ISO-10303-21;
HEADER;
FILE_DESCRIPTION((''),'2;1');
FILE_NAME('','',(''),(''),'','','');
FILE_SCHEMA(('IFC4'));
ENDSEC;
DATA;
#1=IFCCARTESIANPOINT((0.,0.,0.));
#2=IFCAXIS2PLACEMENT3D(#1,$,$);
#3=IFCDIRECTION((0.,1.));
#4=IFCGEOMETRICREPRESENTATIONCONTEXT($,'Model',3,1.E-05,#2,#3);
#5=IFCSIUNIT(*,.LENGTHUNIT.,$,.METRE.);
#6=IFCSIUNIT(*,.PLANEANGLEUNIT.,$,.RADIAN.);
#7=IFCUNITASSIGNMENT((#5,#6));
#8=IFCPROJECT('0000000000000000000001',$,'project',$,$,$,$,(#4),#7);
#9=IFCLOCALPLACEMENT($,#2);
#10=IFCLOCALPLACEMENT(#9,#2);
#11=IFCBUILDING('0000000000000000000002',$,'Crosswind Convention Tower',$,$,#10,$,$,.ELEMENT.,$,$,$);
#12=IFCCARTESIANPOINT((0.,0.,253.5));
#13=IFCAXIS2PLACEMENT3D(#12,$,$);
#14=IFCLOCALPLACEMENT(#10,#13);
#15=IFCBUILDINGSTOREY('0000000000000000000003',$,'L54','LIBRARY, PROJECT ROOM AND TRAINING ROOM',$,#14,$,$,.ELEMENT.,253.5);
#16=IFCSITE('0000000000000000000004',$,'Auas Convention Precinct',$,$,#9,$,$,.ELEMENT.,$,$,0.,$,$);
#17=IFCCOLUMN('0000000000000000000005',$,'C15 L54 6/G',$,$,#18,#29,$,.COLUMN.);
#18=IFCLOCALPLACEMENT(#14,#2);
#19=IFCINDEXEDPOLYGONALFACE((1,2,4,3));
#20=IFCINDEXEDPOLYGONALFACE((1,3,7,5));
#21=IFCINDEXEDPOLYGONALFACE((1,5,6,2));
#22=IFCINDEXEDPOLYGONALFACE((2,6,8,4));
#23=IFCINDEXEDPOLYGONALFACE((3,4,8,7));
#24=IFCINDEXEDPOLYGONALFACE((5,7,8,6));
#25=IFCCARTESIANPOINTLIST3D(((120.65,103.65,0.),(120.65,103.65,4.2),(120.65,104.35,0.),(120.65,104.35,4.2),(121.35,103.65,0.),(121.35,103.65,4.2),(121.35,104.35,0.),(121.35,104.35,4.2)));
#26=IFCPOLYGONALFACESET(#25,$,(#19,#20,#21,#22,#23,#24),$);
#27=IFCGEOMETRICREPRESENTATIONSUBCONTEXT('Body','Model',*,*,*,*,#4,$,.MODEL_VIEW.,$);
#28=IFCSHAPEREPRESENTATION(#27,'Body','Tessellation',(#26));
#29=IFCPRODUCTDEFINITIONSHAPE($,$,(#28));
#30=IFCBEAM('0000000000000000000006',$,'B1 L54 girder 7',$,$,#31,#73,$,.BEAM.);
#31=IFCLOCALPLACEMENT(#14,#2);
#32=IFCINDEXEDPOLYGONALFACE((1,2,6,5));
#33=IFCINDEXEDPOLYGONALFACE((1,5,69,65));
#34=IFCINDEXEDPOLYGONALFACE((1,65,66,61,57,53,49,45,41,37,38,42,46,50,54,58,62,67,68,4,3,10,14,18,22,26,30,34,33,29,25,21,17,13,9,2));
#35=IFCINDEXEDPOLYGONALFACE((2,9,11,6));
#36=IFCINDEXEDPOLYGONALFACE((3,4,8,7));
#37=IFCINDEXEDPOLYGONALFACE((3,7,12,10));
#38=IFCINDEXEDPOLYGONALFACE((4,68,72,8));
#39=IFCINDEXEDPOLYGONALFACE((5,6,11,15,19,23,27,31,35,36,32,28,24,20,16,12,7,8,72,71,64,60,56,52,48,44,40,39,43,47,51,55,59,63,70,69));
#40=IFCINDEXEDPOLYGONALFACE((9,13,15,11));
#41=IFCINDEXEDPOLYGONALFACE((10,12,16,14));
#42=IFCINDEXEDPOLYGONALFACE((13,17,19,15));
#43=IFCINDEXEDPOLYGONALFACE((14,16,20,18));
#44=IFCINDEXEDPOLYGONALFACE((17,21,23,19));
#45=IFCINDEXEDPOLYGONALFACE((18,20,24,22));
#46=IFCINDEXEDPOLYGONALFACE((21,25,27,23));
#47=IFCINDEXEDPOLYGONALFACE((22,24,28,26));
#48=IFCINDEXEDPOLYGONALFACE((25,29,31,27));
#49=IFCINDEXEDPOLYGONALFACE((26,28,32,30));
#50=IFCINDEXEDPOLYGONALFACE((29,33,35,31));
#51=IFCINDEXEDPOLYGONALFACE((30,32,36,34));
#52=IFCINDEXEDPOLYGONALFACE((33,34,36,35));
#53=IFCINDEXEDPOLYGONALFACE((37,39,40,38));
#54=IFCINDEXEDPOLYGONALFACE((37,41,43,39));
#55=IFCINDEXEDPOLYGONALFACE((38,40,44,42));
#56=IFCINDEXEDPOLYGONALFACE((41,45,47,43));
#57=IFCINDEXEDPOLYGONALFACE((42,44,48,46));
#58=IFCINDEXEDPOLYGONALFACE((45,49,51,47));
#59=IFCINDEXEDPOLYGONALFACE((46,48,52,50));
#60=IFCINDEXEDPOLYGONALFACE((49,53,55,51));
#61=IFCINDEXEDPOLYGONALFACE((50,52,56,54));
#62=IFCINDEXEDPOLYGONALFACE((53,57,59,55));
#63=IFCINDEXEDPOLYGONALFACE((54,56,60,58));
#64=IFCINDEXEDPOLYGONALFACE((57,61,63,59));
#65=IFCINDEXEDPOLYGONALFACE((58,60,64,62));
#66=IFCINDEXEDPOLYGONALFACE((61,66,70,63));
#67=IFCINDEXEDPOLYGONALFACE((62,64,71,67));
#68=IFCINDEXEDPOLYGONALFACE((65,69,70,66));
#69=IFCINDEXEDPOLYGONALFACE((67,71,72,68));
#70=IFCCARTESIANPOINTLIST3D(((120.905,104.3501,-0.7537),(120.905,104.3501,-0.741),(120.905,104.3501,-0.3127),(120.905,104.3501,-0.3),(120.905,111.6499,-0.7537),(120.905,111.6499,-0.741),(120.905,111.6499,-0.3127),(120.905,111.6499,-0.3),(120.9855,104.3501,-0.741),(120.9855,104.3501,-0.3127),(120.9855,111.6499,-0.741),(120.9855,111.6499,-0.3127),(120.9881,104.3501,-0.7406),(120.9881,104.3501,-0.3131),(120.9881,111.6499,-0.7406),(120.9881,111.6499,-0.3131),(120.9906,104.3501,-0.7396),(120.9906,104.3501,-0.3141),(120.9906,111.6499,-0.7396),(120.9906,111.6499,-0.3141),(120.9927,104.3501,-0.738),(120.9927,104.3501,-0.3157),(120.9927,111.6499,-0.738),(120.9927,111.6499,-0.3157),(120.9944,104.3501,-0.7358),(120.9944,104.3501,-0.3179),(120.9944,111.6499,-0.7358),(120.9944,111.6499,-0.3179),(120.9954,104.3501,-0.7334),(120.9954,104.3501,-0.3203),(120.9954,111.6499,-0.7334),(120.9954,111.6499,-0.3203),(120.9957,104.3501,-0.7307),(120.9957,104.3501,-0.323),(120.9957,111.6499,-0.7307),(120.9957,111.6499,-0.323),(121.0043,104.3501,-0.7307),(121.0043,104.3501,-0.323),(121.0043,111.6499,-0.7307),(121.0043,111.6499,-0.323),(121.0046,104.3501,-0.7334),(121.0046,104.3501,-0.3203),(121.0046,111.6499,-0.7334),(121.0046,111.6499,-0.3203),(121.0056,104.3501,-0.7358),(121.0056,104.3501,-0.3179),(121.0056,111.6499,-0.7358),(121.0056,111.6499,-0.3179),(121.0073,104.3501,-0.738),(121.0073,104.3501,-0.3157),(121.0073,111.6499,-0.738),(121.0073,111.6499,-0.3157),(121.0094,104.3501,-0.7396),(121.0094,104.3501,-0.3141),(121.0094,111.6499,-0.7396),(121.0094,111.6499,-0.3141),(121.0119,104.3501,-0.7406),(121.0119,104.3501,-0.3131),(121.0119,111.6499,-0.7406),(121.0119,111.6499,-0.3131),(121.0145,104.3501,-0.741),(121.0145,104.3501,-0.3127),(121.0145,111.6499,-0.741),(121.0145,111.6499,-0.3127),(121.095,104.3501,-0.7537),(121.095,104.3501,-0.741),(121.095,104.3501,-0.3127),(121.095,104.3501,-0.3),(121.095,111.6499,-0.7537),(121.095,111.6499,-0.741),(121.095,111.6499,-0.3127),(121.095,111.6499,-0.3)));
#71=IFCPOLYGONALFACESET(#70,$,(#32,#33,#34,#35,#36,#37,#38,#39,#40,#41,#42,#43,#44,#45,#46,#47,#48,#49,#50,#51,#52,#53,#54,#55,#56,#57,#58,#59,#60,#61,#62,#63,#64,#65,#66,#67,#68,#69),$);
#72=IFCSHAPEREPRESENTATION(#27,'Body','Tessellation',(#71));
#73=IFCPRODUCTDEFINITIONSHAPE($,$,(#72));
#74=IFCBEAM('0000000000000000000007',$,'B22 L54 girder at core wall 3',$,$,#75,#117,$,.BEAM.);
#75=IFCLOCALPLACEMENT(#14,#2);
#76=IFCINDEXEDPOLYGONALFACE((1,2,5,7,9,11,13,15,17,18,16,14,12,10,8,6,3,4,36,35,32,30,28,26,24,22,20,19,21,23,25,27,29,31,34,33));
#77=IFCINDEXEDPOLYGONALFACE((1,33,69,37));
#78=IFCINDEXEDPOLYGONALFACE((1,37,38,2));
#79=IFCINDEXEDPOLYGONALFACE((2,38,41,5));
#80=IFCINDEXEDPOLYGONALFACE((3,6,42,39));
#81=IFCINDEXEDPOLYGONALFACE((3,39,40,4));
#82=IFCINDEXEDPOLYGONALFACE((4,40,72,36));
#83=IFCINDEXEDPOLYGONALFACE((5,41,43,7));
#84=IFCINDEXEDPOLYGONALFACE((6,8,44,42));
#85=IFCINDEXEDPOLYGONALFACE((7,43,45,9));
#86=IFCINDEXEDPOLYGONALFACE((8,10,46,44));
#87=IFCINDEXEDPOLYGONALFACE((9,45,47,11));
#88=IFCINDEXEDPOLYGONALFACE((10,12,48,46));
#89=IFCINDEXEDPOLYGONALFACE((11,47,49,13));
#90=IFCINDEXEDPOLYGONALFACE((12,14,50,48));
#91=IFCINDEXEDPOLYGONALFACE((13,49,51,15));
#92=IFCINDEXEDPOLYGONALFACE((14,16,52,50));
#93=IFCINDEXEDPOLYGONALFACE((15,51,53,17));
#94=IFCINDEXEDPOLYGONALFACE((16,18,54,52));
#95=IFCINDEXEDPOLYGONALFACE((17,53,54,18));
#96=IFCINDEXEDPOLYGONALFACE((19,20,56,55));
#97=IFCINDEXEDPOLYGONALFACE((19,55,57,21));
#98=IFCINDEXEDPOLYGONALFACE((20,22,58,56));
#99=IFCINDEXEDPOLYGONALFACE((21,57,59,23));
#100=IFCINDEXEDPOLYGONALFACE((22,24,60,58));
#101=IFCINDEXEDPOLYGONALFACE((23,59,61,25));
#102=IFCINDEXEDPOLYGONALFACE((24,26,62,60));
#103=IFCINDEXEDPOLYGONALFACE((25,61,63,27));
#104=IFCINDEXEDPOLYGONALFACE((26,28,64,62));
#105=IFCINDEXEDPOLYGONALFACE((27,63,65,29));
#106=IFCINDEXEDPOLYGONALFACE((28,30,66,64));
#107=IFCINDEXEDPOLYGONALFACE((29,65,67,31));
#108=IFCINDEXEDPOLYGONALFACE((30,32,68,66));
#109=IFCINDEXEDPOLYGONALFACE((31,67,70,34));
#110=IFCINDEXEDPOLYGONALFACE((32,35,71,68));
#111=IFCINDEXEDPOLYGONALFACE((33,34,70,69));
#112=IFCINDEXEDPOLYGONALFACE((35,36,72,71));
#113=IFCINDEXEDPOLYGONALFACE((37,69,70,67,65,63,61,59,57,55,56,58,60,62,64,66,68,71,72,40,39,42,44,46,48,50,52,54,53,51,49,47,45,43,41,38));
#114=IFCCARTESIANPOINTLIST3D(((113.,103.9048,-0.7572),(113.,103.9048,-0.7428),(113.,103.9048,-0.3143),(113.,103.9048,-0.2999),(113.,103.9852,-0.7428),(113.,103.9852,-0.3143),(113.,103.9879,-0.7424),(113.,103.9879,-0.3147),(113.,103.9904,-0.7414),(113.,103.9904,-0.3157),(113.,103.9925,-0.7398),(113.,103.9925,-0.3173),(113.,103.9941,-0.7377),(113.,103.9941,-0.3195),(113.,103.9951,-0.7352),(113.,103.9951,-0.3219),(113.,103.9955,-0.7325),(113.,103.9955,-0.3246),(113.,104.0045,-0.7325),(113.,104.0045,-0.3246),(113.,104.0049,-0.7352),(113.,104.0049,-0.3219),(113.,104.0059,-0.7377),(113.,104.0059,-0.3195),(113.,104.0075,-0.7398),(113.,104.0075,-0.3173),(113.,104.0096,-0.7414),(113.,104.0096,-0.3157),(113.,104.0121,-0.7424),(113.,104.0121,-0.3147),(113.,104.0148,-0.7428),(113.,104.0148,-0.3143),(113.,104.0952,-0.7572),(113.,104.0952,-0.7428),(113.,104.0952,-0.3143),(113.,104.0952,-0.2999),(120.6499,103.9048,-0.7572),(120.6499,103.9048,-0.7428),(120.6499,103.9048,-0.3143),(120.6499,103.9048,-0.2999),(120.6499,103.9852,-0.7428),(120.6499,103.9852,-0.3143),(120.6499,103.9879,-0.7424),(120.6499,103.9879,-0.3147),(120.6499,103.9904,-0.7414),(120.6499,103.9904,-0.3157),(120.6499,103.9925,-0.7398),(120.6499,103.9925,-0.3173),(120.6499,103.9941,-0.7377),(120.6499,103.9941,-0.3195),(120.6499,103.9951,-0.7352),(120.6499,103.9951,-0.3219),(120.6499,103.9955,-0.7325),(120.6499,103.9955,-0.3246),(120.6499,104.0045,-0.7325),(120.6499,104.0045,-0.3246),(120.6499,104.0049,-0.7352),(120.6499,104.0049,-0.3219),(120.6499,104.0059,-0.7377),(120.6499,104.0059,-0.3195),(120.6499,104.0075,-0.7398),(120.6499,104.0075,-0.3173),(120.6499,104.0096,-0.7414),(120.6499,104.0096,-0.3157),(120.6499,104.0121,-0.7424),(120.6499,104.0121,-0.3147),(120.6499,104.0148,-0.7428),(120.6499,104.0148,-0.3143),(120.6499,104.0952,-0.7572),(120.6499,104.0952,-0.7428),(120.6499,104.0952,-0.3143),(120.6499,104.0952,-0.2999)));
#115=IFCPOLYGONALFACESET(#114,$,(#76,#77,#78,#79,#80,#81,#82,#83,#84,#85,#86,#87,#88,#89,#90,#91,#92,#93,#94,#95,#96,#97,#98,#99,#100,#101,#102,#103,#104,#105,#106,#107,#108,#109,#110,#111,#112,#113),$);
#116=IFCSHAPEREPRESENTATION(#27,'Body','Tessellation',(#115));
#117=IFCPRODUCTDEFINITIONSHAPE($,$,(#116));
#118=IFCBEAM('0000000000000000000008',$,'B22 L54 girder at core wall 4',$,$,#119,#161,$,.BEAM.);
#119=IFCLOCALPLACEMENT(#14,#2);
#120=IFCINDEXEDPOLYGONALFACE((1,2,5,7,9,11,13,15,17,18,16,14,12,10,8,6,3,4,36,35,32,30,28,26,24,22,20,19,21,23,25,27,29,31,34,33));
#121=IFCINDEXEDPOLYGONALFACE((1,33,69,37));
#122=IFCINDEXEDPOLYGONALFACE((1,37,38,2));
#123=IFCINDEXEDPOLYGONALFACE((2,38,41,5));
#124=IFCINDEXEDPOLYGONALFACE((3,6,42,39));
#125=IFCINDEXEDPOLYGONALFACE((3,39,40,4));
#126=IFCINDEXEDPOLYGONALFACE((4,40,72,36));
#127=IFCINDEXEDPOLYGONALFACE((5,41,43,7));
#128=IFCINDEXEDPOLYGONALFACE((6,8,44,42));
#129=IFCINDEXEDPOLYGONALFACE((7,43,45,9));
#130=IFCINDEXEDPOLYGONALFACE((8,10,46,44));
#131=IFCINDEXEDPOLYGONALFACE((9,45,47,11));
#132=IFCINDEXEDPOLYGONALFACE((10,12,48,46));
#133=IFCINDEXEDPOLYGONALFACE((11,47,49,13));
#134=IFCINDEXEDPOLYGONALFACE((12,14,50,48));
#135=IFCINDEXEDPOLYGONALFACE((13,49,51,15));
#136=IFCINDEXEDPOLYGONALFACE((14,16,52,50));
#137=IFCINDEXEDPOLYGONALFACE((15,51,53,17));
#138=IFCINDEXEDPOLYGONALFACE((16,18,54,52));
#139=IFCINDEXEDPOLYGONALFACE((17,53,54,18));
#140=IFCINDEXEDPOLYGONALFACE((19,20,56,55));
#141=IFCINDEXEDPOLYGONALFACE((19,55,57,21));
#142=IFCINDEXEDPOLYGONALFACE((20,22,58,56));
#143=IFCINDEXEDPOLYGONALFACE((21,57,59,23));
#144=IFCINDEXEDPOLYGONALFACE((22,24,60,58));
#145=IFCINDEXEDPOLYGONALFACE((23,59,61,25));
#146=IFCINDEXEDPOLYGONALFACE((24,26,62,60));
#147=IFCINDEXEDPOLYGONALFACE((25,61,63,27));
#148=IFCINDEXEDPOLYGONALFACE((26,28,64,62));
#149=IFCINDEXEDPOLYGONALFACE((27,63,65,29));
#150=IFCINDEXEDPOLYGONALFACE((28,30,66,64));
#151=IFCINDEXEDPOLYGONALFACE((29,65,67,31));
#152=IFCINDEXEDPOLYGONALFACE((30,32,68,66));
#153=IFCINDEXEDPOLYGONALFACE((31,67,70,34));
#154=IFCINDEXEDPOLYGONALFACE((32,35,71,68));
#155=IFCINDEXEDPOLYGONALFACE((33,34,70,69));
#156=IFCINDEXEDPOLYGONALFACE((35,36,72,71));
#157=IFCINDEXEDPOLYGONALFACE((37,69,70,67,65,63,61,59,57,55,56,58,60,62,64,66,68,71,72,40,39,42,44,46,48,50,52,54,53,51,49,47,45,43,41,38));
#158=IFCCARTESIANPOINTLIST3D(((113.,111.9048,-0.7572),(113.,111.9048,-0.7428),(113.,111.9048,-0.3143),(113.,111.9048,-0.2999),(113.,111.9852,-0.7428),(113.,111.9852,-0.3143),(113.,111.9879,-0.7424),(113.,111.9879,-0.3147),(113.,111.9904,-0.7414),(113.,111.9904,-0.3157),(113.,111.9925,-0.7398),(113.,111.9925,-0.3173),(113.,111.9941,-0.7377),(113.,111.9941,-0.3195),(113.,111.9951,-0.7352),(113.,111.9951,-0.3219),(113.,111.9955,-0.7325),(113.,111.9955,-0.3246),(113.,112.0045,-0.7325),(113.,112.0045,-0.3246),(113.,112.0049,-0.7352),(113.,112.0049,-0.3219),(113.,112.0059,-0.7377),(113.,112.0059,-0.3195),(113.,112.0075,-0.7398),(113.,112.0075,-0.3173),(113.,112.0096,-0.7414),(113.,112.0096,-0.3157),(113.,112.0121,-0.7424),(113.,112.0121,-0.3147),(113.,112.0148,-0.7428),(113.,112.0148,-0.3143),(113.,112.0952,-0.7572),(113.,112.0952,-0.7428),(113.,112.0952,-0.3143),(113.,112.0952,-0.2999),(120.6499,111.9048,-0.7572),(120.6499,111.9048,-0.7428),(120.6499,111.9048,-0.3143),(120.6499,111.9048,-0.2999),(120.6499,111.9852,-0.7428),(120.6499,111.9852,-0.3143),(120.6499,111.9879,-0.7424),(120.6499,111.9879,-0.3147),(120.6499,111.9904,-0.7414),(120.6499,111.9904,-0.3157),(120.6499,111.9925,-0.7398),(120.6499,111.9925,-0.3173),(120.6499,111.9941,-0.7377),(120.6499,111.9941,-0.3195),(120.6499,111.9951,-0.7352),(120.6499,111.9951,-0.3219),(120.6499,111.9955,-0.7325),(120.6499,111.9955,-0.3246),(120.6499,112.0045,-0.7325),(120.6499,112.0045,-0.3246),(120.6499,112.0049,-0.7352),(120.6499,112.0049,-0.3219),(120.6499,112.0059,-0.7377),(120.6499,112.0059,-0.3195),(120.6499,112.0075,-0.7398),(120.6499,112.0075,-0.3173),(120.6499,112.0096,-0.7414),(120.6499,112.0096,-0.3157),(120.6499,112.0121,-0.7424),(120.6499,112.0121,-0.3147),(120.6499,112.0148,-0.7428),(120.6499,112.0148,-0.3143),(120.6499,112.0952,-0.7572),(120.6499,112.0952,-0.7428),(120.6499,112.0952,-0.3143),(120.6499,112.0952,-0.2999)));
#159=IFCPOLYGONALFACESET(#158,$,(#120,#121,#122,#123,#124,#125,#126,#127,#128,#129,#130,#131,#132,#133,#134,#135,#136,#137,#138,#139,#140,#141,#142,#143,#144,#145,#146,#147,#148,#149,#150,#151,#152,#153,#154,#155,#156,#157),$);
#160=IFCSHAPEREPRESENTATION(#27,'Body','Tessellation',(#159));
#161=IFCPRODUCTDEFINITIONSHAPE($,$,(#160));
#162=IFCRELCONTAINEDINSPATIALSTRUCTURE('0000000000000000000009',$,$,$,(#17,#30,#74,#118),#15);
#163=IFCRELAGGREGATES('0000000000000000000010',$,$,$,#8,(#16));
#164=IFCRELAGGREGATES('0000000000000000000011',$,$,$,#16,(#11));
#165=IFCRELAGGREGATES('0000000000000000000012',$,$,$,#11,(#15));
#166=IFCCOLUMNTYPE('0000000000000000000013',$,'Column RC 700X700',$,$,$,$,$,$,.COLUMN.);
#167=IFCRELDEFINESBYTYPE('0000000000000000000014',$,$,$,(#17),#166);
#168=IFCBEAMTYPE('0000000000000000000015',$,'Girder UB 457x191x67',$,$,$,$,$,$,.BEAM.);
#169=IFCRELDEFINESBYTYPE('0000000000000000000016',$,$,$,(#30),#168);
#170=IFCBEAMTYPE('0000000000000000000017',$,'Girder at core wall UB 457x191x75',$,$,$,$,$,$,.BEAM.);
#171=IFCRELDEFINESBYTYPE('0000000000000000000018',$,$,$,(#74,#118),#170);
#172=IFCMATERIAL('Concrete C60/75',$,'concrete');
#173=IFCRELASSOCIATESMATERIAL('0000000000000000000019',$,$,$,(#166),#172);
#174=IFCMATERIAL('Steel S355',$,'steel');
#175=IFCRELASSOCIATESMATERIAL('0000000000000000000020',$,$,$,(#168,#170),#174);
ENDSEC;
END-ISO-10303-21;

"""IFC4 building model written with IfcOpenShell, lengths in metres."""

from ifc_helpers import new_model, si_unit, direction, frame, origin, origin_2d, place, context, subcontext, project, spatial, rectangle, i_section, extrude, material, material_profile, profile_set, type_object, element, save


model = new_model("IFC4")

# Units and contexts
model_context = context("Model", 3, precision=1e-05, world=origin(), true_north=direction((0.0, 1.0)))
body_context = subcontext(model_context, "Body", "Model", "MODEL_VIEW")
ifc_project = project(units=[si_unit("LENGTHUNIT", "METRE"), si_unit("PLANEANGLEUNIT", "RADIAN")], contexts=[model_context])

# Site, building, storey
site_placement = place(None, origin())
site = spatial("IfcSite", under=ifc_project, at=site_placement, Name="Auas Convention Precinct", CompositionType="ELEMENT", RefElevation=0.0)
building_placement = place(site_placement, origin())
building = spatial("IfcBuilding", under=site, at=building_placement, Name="Crosswind Convention Tower", CompositionType="ELEMENT")
storey_placement = place(building_placement, frame((0.0, 0.0, 253.5)))
storey = spatial("IfcBuildingStorey", under=building, at=storey_placement, Name="L54", Description="LIBRARY, PROJECT ROOM AND TRAINING ROOM", CompositionType="ELEMENT", Elevation=253.5)

# Column
ifc_material_1 = material(Name="Concrete C60/75", Category="concrete")
ifc_material_profile_1 = material_profile(ifc_material_1, rectangle(XDim=0.7, YDim=0.7, at=origin_2d()), Name="RC 700X700")
ifc_profile_set_1 = profile_set([ifc_material_profile_1], Name="Concrete C60/75")
column_type = type_object("IfcColumnType", Name="Column RC 700X700", PredefinedType="COLUMN", material=ifc_profile_set_1)
column_placement = place(storey_placement, frame((121.0, 104.0, 0.0), z_axis=(0.0, 0.0, 1.0), x_axis=(1.0, 0.0, 0.0)))
element("IfcColumn", 1, at=column_placement, inside=storey, type_object=column_type, Name="C15 L54 6/G", PredefinedType="COLUMN", context=body_context, shape_type="SweptSolid", body=[
    extrude(rectangle(XDim=0.7, YDim=0.7, at=origin_2d()), origin(), (0.0, 0.0, 1.0), 4.2),
])

# Beams
ifc_material_2 = material(Name="Steel S355", Category="steel")
ifc_material_profile_2 = material_profile(ifc_material_2, i_section(OverallWidth=0.1899, OverallDepth=0.4536, WebThickness=0.0085, FlangeThickness=0.0127, FilletRadius=0.0103, at=origin_2d()), Name="UB 457x191x67")
ifc_profile_set_2 = profile_set([ifc_material_profile_2], Name="Steel S355")
beam_type_1 = type_object("IfcBeamType", Name="Girder UB 457x191x67", PredefinedType="BEAM", material=ifc_profile_set_2)
beam_placement = place(storey_placement, frame((121.0, 104.3501, -0.5269), z_axis=(0.0, 1.0, 0.0), x_axis=(-1.0, 0.0, 0.0)))
element("IfcBeam", 2, at=beam_placement, inside=storey, type_object=beam_type_1, Name="B1 L54 girder 7", PredefinedType="BEAM", context=body_context, shape_type="SweptSolid", body=[
    extrude(i_section(OverallWidth=0.1899, OverallDepth=0.4536, WebThickness=0.0085, FlangeThickness=0.0127, FilletRadius=0.0103, at=origin_2d()), origin(), (0.0, 0.0, 1.0), 7.2998),
])
ifc_material_profile_3 = material_profile(ifc_material_2, i_section(OverallWidth=0.1904, OverallDepth=0.4573, WebThickness=0.009, FlangeThickness=0.0144, FilletRadius=0.0103, at=origin_2d()), Name="UB 457x191x75")
ifc_profile_set_3 = profile_set([ifc_material_profile_3], Name="Steel S355")
beam_type_2 = type_object("IfcBeamType", Name="Girder at core wall UB 457x191x75", PredefinedType="BEAM", material=ifc_profile_set_3)
for number, where, z_axis, x_axis, name in (
    (3, (113.0, 104.0, -0.5286), (1.0, 0.0, 0.0), (0.0, 1.0, 0.0), "B22 L54 girder at core wall 3"),
    (4, (113.0, 112.0, -0.5286), (1.0, 0.0, 0.0), (0.0, 1.0, 0.0), "B22 L54 girder at core wall 4"),
):
    element("IfcBeam", number, at=place(storey_placement, frame(where, z_axis=z_axis, x_axis=x_axis)), inside=storey, type_object=beam_type_2, Name=name, PredefinedType="BEAM", context=body_context, shape_type="SweptSolid", body=[
        extrude(i_section(OverallWidth=0.1904, OverallDepth=0.4573, WebThickness=0.009, FlangeThickness=0.0144, FilletRadius=0.0103, at=origin_2d()), origin(), (0.0, 0.0, 1.0), 7.6499),
    ])

save(model, "model.ifc")
